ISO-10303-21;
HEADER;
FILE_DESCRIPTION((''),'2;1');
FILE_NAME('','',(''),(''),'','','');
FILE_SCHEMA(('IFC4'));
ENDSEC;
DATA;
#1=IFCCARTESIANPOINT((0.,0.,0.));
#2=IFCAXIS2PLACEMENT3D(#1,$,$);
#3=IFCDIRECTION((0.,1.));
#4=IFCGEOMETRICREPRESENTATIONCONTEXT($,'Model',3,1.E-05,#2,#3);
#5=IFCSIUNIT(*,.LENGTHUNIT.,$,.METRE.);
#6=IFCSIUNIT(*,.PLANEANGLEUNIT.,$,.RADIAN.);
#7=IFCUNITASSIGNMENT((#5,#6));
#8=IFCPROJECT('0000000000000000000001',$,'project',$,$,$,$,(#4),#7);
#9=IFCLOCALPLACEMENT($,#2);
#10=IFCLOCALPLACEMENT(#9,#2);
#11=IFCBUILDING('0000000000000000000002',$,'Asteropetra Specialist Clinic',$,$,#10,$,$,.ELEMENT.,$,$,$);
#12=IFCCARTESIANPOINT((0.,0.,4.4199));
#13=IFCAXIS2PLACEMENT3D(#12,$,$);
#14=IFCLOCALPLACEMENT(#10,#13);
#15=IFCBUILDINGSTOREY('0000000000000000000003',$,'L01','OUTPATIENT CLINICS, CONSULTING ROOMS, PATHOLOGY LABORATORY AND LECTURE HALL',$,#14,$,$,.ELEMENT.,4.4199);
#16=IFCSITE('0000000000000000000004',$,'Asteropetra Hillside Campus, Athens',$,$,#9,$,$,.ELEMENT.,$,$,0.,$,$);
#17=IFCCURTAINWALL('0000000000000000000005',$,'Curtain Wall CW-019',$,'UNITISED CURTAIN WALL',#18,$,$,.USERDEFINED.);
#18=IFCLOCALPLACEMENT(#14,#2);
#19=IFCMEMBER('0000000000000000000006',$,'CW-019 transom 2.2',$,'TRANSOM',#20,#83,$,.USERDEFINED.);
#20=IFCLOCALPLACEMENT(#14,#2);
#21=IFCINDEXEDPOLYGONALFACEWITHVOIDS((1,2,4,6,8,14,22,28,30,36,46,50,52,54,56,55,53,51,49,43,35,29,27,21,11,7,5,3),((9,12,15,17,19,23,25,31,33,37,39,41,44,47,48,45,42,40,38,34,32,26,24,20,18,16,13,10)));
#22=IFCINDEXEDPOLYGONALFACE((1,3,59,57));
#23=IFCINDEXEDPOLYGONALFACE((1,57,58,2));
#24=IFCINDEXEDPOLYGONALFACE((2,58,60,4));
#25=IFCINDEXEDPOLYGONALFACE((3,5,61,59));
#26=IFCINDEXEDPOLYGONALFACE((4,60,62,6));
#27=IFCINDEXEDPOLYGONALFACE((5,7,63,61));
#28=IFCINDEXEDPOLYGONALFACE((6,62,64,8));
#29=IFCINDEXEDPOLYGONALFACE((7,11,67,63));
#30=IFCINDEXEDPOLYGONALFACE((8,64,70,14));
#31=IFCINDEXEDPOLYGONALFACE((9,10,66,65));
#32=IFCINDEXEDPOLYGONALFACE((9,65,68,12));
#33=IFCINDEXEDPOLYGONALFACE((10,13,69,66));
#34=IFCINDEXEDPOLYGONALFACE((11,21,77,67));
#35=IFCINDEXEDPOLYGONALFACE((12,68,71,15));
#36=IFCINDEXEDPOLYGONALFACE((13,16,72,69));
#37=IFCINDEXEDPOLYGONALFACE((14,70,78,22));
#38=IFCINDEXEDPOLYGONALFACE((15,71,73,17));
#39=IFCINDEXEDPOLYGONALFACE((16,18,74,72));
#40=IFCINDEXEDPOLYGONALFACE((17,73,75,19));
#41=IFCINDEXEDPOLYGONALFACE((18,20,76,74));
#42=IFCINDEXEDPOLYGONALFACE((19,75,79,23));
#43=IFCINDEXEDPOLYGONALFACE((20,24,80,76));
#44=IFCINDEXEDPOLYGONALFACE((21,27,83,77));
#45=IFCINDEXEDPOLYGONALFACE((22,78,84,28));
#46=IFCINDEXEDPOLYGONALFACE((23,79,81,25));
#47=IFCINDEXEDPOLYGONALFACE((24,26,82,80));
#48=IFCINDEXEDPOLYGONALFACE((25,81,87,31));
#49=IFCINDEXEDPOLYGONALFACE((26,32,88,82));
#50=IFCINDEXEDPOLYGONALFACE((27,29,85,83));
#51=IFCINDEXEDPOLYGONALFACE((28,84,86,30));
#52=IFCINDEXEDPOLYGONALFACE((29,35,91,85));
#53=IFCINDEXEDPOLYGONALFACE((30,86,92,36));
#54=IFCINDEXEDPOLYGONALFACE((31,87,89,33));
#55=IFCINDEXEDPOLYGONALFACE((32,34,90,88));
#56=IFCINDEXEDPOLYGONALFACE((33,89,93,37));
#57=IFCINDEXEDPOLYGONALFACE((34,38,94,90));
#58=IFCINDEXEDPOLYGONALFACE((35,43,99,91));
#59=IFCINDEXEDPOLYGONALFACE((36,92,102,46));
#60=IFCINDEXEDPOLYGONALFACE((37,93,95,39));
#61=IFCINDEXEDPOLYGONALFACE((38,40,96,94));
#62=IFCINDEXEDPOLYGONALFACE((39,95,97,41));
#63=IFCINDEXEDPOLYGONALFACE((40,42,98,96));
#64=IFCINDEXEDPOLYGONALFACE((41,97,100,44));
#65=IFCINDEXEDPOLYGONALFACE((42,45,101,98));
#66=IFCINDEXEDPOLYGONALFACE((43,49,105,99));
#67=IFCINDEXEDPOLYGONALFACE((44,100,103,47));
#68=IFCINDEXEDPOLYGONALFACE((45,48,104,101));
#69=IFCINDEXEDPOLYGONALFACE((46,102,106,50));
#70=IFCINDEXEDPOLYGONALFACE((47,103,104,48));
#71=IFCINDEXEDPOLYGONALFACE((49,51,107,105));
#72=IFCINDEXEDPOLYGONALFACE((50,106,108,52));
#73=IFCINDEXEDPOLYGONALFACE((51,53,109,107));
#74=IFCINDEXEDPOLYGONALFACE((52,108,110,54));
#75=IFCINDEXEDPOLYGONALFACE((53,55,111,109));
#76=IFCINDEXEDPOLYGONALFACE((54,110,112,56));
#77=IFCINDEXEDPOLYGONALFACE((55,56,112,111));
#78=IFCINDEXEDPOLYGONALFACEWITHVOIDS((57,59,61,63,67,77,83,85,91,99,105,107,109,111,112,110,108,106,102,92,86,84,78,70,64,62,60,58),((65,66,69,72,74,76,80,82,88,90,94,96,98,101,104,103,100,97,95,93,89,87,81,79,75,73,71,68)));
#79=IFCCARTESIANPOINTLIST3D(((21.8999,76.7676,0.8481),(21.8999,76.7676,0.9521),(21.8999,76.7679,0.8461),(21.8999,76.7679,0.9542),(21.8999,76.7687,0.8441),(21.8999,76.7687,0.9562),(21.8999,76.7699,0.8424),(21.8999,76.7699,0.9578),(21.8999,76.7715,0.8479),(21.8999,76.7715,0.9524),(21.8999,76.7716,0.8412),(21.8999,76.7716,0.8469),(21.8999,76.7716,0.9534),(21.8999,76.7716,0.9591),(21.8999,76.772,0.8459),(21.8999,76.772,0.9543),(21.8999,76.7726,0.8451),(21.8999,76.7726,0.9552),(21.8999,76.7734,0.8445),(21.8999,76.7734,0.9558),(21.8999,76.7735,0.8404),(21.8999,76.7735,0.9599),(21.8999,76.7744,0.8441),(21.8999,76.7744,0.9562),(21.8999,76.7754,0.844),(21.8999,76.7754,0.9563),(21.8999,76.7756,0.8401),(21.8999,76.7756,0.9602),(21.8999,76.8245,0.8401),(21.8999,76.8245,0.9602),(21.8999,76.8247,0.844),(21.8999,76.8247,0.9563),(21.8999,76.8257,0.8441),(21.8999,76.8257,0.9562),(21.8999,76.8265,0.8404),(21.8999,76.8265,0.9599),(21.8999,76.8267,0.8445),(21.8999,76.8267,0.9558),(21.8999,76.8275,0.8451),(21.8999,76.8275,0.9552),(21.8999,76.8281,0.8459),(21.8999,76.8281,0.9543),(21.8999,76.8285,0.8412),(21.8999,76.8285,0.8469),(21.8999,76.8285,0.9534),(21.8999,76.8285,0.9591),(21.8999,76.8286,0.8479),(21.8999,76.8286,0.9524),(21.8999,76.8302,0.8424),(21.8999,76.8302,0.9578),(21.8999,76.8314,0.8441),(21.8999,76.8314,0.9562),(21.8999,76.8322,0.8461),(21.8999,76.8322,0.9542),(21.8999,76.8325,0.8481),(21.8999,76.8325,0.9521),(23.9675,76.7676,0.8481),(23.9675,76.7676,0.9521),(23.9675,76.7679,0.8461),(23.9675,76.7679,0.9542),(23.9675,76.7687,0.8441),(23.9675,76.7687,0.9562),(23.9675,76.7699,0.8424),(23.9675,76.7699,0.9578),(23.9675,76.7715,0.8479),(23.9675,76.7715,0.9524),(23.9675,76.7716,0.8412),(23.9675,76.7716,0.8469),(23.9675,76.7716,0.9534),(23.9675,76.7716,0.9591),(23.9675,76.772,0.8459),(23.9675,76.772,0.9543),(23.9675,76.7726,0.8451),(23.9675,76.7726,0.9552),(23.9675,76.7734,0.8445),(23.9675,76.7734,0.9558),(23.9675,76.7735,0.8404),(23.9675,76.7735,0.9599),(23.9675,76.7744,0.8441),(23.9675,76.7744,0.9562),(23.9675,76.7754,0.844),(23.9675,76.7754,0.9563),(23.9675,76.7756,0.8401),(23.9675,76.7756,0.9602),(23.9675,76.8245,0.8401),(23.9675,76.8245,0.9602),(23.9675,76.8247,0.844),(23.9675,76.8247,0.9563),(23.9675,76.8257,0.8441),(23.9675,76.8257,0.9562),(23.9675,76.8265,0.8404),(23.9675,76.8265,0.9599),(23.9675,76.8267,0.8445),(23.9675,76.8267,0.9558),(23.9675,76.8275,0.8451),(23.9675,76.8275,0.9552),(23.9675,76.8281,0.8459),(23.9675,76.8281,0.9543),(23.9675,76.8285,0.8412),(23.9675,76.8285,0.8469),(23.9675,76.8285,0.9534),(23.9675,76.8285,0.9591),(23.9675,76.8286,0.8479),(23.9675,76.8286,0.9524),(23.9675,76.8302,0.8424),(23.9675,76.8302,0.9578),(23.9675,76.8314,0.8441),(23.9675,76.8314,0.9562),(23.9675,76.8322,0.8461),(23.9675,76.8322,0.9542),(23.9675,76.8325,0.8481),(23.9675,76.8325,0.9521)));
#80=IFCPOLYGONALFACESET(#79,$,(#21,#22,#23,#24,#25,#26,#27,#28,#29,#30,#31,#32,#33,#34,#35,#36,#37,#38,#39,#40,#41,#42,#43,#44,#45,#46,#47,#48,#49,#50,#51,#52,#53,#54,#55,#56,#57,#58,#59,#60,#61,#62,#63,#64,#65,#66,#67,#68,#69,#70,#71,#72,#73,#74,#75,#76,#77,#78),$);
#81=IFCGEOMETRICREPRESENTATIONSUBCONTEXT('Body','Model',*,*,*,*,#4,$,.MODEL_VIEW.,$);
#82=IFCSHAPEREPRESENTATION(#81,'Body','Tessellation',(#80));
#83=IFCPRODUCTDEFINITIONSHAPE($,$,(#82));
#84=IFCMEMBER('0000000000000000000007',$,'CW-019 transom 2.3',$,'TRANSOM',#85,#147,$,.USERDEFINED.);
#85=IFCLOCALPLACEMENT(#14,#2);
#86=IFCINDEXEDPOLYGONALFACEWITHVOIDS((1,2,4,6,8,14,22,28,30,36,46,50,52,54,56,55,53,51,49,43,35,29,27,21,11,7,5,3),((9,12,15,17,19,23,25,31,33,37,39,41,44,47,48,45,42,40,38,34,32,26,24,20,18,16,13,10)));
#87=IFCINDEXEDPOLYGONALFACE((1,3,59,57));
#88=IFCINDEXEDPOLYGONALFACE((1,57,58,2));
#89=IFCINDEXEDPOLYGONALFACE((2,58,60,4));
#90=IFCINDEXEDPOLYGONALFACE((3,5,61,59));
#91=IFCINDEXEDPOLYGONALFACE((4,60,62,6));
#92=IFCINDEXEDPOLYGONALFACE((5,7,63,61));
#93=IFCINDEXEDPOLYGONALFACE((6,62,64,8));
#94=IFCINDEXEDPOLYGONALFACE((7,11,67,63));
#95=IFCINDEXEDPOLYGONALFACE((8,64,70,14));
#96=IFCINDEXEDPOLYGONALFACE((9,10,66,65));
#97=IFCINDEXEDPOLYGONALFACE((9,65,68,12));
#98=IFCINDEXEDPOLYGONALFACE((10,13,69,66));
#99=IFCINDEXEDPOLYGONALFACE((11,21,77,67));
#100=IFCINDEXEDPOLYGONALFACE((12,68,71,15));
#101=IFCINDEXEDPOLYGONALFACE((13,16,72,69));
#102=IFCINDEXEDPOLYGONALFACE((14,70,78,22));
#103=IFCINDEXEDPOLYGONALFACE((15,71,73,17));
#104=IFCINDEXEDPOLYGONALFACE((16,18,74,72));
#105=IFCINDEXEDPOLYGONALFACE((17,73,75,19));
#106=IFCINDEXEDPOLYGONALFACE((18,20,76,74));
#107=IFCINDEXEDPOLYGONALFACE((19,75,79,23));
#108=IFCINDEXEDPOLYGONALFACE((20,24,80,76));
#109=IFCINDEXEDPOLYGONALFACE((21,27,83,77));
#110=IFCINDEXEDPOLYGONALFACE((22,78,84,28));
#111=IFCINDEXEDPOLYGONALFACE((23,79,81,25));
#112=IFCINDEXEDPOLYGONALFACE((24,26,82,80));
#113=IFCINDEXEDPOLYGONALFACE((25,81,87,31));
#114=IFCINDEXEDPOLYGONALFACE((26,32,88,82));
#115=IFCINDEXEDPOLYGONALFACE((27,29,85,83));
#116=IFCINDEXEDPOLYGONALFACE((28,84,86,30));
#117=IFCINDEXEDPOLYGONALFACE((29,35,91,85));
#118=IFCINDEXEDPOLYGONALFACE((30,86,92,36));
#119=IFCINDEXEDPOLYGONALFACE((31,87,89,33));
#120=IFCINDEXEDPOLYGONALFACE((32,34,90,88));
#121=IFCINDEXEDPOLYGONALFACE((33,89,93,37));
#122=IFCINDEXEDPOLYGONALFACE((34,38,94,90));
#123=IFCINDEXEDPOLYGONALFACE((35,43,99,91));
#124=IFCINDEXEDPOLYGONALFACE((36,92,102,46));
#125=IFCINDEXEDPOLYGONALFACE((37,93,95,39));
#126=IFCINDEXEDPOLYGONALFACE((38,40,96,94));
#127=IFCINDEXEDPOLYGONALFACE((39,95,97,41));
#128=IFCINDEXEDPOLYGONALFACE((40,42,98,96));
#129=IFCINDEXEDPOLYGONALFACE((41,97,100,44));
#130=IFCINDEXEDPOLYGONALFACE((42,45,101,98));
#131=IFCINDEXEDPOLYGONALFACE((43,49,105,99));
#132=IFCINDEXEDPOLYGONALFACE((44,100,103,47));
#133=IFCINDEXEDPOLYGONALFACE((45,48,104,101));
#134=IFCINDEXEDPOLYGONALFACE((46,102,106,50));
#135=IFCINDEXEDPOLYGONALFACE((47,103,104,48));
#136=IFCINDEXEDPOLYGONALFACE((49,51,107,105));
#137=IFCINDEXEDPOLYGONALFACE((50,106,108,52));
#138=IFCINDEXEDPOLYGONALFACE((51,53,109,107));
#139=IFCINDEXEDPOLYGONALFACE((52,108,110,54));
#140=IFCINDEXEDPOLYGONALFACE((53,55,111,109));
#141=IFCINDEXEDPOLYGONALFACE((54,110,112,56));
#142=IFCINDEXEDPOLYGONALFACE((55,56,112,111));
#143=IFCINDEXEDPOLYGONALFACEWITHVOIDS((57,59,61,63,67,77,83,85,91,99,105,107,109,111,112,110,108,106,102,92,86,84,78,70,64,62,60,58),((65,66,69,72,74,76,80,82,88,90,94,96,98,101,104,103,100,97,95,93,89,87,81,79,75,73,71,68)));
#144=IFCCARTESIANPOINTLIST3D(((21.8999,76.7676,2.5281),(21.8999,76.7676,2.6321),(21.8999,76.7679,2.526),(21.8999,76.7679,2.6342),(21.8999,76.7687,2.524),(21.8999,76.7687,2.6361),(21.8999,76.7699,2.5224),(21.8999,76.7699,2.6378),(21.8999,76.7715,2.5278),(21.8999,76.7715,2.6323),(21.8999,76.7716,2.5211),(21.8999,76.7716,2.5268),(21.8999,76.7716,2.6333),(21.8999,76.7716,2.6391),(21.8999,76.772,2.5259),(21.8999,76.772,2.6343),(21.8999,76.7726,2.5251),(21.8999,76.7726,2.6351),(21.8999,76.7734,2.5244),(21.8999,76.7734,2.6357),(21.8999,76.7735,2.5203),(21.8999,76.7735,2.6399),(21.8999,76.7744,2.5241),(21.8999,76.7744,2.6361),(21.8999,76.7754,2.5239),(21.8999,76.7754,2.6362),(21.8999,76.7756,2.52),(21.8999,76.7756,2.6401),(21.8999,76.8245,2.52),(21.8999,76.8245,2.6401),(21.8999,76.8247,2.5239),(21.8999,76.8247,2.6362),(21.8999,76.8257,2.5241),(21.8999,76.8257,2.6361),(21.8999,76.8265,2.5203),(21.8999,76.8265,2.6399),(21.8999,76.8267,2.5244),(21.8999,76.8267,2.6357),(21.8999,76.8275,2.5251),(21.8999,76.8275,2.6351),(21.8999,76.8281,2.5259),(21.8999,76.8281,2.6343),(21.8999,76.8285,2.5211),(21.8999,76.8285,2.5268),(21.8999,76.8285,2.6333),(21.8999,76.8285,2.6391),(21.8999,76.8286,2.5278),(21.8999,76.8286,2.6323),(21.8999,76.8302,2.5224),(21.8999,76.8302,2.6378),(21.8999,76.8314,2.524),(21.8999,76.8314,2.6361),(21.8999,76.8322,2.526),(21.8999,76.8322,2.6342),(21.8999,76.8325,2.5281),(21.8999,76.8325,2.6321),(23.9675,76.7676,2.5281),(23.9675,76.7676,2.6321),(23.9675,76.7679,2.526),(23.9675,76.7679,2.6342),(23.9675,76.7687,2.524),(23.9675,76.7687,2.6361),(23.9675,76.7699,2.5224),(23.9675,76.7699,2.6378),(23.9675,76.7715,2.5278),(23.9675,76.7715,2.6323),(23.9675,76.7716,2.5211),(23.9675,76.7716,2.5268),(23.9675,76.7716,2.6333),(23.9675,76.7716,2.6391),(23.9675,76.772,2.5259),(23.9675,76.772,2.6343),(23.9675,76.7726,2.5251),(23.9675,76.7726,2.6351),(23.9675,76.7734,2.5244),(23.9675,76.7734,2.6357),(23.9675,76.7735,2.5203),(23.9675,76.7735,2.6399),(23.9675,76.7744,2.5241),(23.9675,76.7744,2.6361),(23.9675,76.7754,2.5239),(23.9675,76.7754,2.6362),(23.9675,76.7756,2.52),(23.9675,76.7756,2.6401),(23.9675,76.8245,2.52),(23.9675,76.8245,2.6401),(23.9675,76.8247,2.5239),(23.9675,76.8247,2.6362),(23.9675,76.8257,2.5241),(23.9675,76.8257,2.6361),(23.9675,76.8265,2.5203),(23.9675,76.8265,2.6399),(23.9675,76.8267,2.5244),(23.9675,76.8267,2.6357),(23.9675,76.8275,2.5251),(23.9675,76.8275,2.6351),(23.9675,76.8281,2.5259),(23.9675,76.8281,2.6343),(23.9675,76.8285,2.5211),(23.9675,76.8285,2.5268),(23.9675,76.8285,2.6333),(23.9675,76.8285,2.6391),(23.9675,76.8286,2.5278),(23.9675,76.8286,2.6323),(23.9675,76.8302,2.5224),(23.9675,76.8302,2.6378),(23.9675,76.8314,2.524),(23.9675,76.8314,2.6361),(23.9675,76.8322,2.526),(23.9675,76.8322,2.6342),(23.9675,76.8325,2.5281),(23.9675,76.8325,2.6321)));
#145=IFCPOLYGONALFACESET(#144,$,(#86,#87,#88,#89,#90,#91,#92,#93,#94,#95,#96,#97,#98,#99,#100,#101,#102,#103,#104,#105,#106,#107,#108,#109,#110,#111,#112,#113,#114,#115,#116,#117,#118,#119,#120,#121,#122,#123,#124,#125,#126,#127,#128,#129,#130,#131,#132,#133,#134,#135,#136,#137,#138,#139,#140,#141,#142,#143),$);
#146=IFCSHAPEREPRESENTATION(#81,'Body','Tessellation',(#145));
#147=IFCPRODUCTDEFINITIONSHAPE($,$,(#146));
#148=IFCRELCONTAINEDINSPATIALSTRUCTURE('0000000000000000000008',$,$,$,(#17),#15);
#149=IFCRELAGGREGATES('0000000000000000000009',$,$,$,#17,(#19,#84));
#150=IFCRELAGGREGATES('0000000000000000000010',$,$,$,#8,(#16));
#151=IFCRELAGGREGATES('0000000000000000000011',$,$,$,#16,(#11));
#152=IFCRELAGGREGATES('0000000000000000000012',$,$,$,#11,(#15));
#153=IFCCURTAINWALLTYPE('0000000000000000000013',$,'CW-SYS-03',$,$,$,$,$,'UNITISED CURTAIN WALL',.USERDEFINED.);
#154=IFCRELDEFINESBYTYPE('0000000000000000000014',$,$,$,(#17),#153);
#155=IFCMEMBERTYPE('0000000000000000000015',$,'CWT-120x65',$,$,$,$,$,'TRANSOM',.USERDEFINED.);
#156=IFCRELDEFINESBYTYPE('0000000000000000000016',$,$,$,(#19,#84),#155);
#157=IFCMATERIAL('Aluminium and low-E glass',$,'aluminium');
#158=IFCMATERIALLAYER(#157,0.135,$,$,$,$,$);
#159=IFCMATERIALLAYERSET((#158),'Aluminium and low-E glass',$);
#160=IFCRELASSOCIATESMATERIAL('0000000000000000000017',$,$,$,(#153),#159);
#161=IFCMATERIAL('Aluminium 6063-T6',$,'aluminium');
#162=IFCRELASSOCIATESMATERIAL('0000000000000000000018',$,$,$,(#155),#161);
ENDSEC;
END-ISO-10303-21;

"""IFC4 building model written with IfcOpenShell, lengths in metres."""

from ifc_helpers import new_model, si_unit, direction, frame, origin, origin_2d, place, context, subcontext, project, spatial, hollow_rectangle, extrude, material, layer, layer_set, material_profile, profile_set, type_object, element, aggregate, save


model = new_model("IFC4")

# Units and contexts
model_context = context("Model", 3, precision=1e-05, world=origin(), true_north=direction((0.0, 1.0)))
body_context = subcontext(model_context, "Body", "Model", "MODEL_VIEW")
ifc_project = project(units=[si_unit("LENGTHUNIT", "METRE"), si_unit("PLANEANGLEUNIT", "RADIAN")], contexts=[model_context])

# Site, building, storey
site_placement = place(None, origin())
site = spatial("IfcSite", under=ifc_project, at=site_placement, Name="Asteropetra Hillside Campus, Athens", CompositionType="ELEMENT", RefElevation=0.0)
building_placement = place(site_placement, origin())
building = spatial("IfcBuilding", under=site, at=building_placement, Name="Asteropetra Specialist Clinic", CompositionType="ELEMENT")
storey_placement = place(building_placement, frame((0.0, 0.0, 4.4199)))
storey = spatial("IfcBuildingStorey", under=building, at=storey_placement, Name="L01", Description="OUTPATIENT CLINICS, CONSULTING ROOMS, PATHOLOGY LABORATORY AND LECTURE HALL", CompositionType="ELEMENT", Elevation=4.4199)

# Curtain wall, members
ifc_material_1 = material(Name="Aluminium and low-E glass", Category="aluminium")
ifc_layer_1 = layer(ifc_material_1, 0.135)
ifc_layer_set_1 = layer_set([ifc_layer_1], Name="Aluminium and low-E glass")
curtain_wall_type = type_object("IfcCurtainWallType", Name="CW-SYS-03", ElementType="UNITISED CURTAIN WALL", PredefinedType="USERDEFINED", material=ifc_layer_set_1)
curtain_wall_placement = place(storey_placement, origin())
curtain_wall = element("IfcCurtainWall", 1, at=curtain_wall_placement, inside=storey, type_object=curtain_wall_type, Name="Curtain Wall CW-019", ObjectType="UNITISED CURTAIN WALL", PredefinedType="USERDEFINED")
ifc_material_2 = material(Name="Aluminium 6063-T6", Category="aluminium")
ifc_material_profile_1 = material_profile(ifc_material_2, hollow_rectangle(XDim=0.0649, YDim=0.1201, WallThickness=0.0039, InnerFilletRadius=0.0039, OuterFilletRadius=0.0081, at=origin_2d()), Name="TRN 120x65x4.0")
ifc_profile_set_1 = profile_set([ifc_material_profile_1], Name="Aluminium 6063-T6")
member_type_1 = type_object("IfcMemberType", Name="CWT-120x65", ElementType="TRANSOM", PredefinedType="USERDEFINED", material=ifc_profile_set_1)
member_1_placement = place(storey_placement, frame((21.8999, 76.8, 0.9001), z_axis=(1.0, 0.0, 0.0), x_axis=(0.0, 1.0, 0.0)))
member_1 = element("IfcMember", 2, at=member_1_placement, type_object=member_type_1, Name="CW-019 transom 2.2", ObjectType="TRANSOM", PredefinedType="USERDEFINED", context=body_context, shape_type="SweptSolid", body=[
    extrude(hollow_rectangle(XDim=0.0649, YDim=0.1201, WallThickness=0.0039, InnerFilletRadius=0.0039, OuterFilletRadius=0.0081, at=origin_2d()), origin(), (0.0, 0.0, 1.0), 2.0676),
])
member_2_placement = place(storey_placement, frame((21.8999, 76.8, 2.5801), z_axis=(1.0, 0.0, 0.0), x_axis=(0.0, 1.0, 0.0)))
member_2 = element("IfcMember", 3, at=member_2_placement, type_object=member_type_1, Name="CW-019 transom 2.3", ObjectType="TRANSOM", PredefinedType="USERDEFINED", context=body_context, shape_type="SweptSolid", body=[
    extrude(hollow_rectangle(XDim=0.0649, YDim=0.1201, WallThickness=0.0039, InnerFilletRadius=0.0039, OuterFilletRadius=0.0081, at=origin_2d()), origin(), (0.0, 0.0, 1.0), 2.0676),
])
aggregate(curtain_wall, [member_1, member_2])

save(model, "model.ifc")
